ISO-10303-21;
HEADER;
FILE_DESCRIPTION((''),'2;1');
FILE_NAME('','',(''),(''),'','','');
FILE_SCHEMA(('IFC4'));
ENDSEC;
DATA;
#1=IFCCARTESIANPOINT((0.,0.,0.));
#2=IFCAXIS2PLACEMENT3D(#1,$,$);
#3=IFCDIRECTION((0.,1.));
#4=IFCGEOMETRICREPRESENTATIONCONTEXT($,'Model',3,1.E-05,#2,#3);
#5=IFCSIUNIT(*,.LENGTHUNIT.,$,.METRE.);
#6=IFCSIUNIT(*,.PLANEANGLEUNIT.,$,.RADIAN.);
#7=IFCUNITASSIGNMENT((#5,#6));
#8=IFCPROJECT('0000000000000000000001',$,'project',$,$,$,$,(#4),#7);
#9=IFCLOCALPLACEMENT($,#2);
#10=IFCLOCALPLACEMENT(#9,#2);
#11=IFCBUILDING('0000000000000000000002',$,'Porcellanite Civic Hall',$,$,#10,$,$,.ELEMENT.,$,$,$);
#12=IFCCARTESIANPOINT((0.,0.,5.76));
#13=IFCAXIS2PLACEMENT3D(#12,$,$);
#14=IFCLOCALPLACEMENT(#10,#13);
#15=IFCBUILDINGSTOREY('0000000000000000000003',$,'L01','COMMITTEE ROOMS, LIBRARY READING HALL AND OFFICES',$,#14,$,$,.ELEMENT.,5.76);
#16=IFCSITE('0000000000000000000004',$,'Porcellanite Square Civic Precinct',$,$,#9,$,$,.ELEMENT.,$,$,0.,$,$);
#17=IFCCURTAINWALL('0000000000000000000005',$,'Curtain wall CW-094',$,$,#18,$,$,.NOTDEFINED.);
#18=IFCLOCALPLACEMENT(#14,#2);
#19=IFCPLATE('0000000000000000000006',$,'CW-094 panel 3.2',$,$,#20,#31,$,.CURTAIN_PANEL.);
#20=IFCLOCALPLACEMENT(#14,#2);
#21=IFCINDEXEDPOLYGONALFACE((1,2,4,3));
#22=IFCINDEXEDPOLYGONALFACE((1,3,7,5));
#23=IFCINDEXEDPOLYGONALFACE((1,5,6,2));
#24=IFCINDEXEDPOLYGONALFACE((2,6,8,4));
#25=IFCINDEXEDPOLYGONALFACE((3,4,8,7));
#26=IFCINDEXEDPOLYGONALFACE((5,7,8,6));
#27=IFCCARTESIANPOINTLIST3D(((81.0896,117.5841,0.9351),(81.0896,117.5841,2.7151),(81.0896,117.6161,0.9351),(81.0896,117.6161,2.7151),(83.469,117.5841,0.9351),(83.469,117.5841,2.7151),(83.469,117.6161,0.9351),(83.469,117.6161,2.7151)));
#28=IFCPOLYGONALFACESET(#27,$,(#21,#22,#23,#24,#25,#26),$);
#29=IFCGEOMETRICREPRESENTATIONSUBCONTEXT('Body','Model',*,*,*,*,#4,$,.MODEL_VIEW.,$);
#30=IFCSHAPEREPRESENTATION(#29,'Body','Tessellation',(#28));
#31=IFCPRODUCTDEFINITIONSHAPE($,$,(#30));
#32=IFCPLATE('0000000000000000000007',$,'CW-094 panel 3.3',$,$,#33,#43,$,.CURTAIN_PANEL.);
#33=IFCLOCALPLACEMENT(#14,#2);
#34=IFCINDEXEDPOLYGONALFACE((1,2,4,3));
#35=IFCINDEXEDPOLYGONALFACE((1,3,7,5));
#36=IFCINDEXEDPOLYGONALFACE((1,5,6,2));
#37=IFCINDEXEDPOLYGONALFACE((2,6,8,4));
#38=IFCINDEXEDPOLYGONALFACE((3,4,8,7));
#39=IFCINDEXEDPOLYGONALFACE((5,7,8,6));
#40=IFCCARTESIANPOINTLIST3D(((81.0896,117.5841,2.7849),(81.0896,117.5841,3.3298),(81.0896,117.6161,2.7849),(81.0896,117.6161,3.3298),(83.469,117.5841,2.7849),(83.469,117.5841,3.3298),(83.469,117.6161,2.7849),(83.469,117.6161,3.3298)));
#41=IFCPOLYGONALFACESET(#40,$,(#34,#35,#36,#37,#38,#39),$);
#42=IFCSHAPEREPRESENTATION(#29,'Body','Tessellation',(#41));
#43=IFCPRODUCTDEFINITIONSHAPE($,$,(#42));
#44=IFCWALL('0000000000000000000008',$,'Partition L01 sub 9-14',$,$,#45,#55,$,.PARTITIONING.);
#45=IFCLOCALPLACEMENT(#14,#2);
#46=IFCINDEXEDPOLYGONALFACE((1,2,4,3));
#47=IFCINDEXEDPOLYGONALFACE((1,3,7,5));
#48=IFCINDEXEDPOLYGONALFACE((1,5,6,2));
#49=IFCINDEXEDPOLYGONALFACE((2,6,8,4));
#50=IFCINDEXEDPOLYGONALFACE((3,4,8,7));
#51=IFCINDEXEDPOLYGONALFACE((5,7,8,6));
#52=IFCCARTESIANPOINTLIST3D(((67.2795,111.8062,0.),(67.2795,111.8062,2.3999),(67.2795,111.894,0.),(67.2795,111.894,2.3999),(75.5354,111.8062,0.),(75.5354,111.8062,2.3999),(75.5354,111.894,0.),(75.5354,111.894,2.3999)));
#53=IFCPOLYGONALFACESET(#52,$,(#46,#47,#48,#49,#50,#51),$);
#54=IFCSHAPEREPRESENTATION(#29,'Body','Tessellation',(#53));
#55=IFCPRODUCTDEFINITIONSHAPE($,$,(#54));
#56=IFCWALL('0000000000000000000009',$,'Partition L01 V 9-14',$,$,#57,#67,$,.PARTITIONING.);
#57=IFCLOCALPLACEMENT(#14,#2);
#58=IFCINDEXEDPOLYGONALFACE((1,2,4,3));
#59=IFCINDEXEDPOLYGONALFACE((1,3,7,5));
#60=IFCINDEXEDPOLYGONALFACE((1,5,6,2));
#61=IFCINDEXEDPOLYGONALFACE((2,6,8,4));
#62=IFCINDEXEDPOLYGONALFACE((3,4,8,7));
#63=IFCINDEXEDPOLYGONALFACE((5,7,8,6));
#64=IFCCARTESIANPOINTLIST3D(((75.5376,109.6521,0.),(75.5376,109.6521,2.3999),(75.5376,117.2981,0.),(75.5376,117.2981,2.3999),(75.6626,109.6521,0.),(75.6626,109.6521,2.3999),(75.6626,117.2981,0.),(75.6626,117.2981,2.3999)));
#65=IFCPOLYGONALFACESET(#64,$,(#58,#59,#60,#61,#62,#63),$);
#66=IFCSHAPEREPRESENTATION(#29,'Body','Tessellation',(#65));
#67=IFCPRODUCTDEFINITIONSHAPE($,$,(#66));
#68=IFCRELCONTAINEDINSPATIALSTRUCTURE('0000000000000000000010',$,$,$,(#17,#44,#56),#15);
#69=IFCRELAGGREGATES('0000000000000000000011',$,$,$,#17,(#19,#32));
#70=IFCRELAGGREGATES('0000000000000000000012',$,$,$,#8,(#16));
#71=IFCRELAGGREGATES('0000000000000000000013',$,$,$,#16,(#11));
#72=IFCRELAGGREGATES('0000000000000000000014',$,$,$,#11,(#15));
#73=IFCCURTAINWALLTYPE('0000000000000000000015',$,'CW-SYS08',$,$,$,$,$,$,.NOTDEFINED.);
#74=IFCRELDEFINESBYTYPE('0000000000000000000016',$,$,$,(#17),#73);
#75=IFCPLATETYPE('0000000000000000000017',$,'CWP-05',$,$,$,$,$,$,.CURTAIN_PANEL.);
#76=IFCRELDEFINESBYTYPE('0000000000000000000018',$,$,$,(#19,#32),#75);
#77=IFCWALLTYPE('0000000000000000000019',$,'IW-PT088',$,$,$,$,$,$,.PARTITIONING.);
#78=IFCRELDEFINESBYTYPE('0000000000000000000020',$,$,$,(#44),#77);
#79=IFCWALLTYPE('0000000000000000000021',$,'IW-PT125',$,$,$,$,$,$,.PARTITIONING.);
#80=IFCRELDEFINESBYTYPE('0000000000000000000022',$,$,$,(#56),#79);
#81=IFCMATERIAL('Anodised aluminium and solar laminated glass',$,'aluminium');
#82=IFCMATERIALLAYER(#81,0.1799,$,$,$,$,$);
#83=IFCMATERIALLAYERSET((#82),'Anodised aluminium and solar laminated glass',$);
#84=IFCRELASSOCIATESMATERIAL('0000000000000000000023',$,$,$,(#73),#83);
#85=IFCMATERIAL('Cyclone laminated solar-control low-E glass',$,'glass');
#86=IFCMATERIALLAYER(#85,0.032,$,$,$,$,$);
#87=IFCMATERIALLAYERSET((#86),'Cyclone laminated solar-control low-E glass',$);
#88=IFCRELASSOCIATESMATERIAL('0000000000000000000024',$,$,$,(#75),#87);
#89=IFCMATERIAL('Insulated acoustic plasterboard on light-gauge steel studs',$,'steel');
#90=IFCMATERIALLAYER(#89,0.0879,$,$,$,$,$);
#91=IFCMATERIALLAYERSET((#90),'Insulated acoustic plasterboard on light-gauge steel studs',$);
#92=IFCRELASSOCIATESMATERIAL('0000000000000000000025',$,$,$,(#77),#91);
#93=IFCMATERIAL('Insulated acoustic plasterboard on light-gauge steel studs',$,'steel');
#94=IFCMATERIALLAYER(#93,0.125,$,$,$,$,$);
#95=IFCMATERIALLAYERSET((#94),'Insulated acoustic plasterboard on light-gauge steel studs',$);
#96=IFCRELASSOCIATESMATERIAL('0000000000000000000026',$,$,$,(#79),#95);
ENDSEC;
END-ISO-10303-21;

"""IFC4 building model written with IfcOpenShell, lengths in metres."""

from ifc_helpers import new_model, si_unit, direction, frame, frame_2d, origin, origin_2d, place, context, subcontext, project, spatial, rectangle, extrude, material, layer, layer_set, type_object, element, aggregate, save


model = new_model("IFC4")

# Units and contexts
model_context = context("Model", 3, precision=1e-05, world=origin(), true_north=direction((0.0, 1.0)))
body_context = subcontext(model_context, "Body", "Model", "MODEL_VIEW")
ifc_project = project(units=[si_unit("LENGTHUNIT", "METRE"), si_unit("PLANEANGLEUNIT", "RADIAN")], contexts=[model_context])

# Site, building, storey
site_placement = place(None, origin())
site = spatial("IfcSite", under=ifc_project, at=site_placement, Name="Porcellanite Square Civic Precinct", CompositionType="ELEMENT", RefElevation=0.0)
building_placement = place(site_placement, origin())
building = spatial("IfcBuilding", under=site, at=building_placement, Name="Porcellanite Civic Hall", CompositionType="ELEMENT")
storey_placement = place(building_placement, frame((0.0, 0.0, 5.76)))
storey = spatial("IfcBuildingStorey", under=building, at=storey_placement, Name="L01", Description="COMMITTEE ROOMS, LIBRARY READING HALL AND OFFICES", CompositionType="ELEMENT", Elevation=5.76)

# Curtain wall
ifc_material_1 = material(Name="Anodised aluminium and solar laminated glass", Category="aluminium")
ifc_layer_1 = layer(ifc_material_1, 0.1799)
ifc_layer_set_1 = layer_set([ifc_layer_1], Name="Anodised aluminium and solar laminated glass")
curtain_wall_type = type_object("IfcCurtainWallType", Name="CW-SYS08", PredefinedType="NOTDEFINED", material=ifc_layer_set_1)
curtain_wall_placement = place(storey_placement, origin())
curtain_wall = element("IfcCurtainWall", 1, at=curtain_wall_placement, inside=storey, type_object=curtain_wall_type, Name="Curtain wall CW-094", PredefinedType="NOTDEFINED")

# Plates
ifc_material_2 = material(Name="Cyclone laminated solar-control low-E glass", Category="glass")
ifc_layer_2 = layer(ifc_material_2, 0.032)
ifc_layer_set_2 = layer_set([ifc_layer_2], Name="Cyclone laminated solar-control low-E glass")
plate_type = type_object("IfcPlateType", Name="CWP-05", PredefinedType="CURTAIN_PANEL", material=ifc_layer_set_2)
plate_1_placement = place(storey_placement, frame((82.2793, 117.6001, 0.9351), z_axis=(0.0, 0.0, 1.0), x_axis=(1.0, 0.0, 0.0)))
plate_1 = element("IfcPlate", 2, at=plate_1_placement, type_object=plate_type, Name="CW-094 panel 3.2", PredefinedType="CURTAIN_PANEL", context=body_context, shape_type="SweptSolid", body=[
    extrude(rectangle(XDim=2.3794, YDim=0.032, at=origin_2d()), origin(), (0.0, 0.0, 1.0), 1.78),
])
plate_2_placement = place(storey_placement, frame((82.2793, 117.6001, 2.7849), z_axis=(0.0, 0.0, 1.0), x_axis=(1.0, 0.0, 0.0)))
plate_2 = element("IfcPlate", 3, at=plate_2_placement, type_object=plate_type, Name="CW-094 panel 3.3", PredefinedType="CURTAIN_PANEL", context=body_context, shape_type="SweptSolid", body=[
    extrude(rectangle(XDim=2.3794, YDim=0.032, at=origin_2d()), origin(), (0.0, 0.0, 1.0), 0.5449),
])
aggregate(curtain_wall, [plate_1, plate_2])

# Wall
ifc_material_3 = material(Name="Insulated acoustic plasterboard on light-gauge steel studs", Category="steel")
ifc_layer_3 = layer(ifc_material_3, 0.0879)
ifc_layer_set_3 = layer_set([ifc_layer_3], Name="Insulated acoustic plasterboard on light-gauge steel studs")
wall_type_1 = type_object("IfcWallType", Name="IW-PT088", PredefinedType="PARTITIONING", material=ifc_layer_set_3)
wall_1_placement = place(storey_placement, frame((67.2795, 111.8501, 0.0), z_axis=(0.0, 0.0, 1.0), x_axis=(1.0, 0.0, 0.0)))
element("IfcWall", 4, at=wall_1_placement, inside=storey, type_object=wall_type_1, Name="Partition L01 sub 9-14", PredefinedType="PARTITIONING", context=body_context, shape_type="SweptSolid", body=[
    extrude(rectangle(XDim=8.2559, YDim=0.0879, at=frame_2d((4.1279, 0.0))), origin(), (0.0, 0.0, 1.0), 2.3999),
])

# Wall
ifc_material_4 = material(Name="Insulated acoustic plasterboard on light-gauge steel studs", Category="steel")
ifc_layer_4 = layer(ifc_material_4, 0.125)
ifc_layer_set_4 = layer_set([ifc_layer_4], Name="Insulated acoustic plasterboard on light-gauge steel studs")
wall_type_2 = type_object("IfcWallType", Name="IW-PT125", PredefinedType="PARTITIONING", material=ifc_layer_set_4)
wall_2_placement = place(storey_placement, frame((75.6001, 109.6521, 0.0), z_axis=(0.0, 0.0, 1.0), x_axis=(0.0, 1.0, 0.0)))
element("IfcWall", 5, at=wall_2_placement, inside=storey, type_object=wall_type_2, Name="Partition L01 V 9-14", PredefinedType="PARTITIONING", context=body_context, shape_type="SweptSolid", body=[
    extrude(rectangle(XDim=7.646, YDim=0.125, at=frame_2d((3.823, 0.0))), origin(), (0.0, 0.0, 1.0), 2.3999),
])

save(model, "model.ifc")
